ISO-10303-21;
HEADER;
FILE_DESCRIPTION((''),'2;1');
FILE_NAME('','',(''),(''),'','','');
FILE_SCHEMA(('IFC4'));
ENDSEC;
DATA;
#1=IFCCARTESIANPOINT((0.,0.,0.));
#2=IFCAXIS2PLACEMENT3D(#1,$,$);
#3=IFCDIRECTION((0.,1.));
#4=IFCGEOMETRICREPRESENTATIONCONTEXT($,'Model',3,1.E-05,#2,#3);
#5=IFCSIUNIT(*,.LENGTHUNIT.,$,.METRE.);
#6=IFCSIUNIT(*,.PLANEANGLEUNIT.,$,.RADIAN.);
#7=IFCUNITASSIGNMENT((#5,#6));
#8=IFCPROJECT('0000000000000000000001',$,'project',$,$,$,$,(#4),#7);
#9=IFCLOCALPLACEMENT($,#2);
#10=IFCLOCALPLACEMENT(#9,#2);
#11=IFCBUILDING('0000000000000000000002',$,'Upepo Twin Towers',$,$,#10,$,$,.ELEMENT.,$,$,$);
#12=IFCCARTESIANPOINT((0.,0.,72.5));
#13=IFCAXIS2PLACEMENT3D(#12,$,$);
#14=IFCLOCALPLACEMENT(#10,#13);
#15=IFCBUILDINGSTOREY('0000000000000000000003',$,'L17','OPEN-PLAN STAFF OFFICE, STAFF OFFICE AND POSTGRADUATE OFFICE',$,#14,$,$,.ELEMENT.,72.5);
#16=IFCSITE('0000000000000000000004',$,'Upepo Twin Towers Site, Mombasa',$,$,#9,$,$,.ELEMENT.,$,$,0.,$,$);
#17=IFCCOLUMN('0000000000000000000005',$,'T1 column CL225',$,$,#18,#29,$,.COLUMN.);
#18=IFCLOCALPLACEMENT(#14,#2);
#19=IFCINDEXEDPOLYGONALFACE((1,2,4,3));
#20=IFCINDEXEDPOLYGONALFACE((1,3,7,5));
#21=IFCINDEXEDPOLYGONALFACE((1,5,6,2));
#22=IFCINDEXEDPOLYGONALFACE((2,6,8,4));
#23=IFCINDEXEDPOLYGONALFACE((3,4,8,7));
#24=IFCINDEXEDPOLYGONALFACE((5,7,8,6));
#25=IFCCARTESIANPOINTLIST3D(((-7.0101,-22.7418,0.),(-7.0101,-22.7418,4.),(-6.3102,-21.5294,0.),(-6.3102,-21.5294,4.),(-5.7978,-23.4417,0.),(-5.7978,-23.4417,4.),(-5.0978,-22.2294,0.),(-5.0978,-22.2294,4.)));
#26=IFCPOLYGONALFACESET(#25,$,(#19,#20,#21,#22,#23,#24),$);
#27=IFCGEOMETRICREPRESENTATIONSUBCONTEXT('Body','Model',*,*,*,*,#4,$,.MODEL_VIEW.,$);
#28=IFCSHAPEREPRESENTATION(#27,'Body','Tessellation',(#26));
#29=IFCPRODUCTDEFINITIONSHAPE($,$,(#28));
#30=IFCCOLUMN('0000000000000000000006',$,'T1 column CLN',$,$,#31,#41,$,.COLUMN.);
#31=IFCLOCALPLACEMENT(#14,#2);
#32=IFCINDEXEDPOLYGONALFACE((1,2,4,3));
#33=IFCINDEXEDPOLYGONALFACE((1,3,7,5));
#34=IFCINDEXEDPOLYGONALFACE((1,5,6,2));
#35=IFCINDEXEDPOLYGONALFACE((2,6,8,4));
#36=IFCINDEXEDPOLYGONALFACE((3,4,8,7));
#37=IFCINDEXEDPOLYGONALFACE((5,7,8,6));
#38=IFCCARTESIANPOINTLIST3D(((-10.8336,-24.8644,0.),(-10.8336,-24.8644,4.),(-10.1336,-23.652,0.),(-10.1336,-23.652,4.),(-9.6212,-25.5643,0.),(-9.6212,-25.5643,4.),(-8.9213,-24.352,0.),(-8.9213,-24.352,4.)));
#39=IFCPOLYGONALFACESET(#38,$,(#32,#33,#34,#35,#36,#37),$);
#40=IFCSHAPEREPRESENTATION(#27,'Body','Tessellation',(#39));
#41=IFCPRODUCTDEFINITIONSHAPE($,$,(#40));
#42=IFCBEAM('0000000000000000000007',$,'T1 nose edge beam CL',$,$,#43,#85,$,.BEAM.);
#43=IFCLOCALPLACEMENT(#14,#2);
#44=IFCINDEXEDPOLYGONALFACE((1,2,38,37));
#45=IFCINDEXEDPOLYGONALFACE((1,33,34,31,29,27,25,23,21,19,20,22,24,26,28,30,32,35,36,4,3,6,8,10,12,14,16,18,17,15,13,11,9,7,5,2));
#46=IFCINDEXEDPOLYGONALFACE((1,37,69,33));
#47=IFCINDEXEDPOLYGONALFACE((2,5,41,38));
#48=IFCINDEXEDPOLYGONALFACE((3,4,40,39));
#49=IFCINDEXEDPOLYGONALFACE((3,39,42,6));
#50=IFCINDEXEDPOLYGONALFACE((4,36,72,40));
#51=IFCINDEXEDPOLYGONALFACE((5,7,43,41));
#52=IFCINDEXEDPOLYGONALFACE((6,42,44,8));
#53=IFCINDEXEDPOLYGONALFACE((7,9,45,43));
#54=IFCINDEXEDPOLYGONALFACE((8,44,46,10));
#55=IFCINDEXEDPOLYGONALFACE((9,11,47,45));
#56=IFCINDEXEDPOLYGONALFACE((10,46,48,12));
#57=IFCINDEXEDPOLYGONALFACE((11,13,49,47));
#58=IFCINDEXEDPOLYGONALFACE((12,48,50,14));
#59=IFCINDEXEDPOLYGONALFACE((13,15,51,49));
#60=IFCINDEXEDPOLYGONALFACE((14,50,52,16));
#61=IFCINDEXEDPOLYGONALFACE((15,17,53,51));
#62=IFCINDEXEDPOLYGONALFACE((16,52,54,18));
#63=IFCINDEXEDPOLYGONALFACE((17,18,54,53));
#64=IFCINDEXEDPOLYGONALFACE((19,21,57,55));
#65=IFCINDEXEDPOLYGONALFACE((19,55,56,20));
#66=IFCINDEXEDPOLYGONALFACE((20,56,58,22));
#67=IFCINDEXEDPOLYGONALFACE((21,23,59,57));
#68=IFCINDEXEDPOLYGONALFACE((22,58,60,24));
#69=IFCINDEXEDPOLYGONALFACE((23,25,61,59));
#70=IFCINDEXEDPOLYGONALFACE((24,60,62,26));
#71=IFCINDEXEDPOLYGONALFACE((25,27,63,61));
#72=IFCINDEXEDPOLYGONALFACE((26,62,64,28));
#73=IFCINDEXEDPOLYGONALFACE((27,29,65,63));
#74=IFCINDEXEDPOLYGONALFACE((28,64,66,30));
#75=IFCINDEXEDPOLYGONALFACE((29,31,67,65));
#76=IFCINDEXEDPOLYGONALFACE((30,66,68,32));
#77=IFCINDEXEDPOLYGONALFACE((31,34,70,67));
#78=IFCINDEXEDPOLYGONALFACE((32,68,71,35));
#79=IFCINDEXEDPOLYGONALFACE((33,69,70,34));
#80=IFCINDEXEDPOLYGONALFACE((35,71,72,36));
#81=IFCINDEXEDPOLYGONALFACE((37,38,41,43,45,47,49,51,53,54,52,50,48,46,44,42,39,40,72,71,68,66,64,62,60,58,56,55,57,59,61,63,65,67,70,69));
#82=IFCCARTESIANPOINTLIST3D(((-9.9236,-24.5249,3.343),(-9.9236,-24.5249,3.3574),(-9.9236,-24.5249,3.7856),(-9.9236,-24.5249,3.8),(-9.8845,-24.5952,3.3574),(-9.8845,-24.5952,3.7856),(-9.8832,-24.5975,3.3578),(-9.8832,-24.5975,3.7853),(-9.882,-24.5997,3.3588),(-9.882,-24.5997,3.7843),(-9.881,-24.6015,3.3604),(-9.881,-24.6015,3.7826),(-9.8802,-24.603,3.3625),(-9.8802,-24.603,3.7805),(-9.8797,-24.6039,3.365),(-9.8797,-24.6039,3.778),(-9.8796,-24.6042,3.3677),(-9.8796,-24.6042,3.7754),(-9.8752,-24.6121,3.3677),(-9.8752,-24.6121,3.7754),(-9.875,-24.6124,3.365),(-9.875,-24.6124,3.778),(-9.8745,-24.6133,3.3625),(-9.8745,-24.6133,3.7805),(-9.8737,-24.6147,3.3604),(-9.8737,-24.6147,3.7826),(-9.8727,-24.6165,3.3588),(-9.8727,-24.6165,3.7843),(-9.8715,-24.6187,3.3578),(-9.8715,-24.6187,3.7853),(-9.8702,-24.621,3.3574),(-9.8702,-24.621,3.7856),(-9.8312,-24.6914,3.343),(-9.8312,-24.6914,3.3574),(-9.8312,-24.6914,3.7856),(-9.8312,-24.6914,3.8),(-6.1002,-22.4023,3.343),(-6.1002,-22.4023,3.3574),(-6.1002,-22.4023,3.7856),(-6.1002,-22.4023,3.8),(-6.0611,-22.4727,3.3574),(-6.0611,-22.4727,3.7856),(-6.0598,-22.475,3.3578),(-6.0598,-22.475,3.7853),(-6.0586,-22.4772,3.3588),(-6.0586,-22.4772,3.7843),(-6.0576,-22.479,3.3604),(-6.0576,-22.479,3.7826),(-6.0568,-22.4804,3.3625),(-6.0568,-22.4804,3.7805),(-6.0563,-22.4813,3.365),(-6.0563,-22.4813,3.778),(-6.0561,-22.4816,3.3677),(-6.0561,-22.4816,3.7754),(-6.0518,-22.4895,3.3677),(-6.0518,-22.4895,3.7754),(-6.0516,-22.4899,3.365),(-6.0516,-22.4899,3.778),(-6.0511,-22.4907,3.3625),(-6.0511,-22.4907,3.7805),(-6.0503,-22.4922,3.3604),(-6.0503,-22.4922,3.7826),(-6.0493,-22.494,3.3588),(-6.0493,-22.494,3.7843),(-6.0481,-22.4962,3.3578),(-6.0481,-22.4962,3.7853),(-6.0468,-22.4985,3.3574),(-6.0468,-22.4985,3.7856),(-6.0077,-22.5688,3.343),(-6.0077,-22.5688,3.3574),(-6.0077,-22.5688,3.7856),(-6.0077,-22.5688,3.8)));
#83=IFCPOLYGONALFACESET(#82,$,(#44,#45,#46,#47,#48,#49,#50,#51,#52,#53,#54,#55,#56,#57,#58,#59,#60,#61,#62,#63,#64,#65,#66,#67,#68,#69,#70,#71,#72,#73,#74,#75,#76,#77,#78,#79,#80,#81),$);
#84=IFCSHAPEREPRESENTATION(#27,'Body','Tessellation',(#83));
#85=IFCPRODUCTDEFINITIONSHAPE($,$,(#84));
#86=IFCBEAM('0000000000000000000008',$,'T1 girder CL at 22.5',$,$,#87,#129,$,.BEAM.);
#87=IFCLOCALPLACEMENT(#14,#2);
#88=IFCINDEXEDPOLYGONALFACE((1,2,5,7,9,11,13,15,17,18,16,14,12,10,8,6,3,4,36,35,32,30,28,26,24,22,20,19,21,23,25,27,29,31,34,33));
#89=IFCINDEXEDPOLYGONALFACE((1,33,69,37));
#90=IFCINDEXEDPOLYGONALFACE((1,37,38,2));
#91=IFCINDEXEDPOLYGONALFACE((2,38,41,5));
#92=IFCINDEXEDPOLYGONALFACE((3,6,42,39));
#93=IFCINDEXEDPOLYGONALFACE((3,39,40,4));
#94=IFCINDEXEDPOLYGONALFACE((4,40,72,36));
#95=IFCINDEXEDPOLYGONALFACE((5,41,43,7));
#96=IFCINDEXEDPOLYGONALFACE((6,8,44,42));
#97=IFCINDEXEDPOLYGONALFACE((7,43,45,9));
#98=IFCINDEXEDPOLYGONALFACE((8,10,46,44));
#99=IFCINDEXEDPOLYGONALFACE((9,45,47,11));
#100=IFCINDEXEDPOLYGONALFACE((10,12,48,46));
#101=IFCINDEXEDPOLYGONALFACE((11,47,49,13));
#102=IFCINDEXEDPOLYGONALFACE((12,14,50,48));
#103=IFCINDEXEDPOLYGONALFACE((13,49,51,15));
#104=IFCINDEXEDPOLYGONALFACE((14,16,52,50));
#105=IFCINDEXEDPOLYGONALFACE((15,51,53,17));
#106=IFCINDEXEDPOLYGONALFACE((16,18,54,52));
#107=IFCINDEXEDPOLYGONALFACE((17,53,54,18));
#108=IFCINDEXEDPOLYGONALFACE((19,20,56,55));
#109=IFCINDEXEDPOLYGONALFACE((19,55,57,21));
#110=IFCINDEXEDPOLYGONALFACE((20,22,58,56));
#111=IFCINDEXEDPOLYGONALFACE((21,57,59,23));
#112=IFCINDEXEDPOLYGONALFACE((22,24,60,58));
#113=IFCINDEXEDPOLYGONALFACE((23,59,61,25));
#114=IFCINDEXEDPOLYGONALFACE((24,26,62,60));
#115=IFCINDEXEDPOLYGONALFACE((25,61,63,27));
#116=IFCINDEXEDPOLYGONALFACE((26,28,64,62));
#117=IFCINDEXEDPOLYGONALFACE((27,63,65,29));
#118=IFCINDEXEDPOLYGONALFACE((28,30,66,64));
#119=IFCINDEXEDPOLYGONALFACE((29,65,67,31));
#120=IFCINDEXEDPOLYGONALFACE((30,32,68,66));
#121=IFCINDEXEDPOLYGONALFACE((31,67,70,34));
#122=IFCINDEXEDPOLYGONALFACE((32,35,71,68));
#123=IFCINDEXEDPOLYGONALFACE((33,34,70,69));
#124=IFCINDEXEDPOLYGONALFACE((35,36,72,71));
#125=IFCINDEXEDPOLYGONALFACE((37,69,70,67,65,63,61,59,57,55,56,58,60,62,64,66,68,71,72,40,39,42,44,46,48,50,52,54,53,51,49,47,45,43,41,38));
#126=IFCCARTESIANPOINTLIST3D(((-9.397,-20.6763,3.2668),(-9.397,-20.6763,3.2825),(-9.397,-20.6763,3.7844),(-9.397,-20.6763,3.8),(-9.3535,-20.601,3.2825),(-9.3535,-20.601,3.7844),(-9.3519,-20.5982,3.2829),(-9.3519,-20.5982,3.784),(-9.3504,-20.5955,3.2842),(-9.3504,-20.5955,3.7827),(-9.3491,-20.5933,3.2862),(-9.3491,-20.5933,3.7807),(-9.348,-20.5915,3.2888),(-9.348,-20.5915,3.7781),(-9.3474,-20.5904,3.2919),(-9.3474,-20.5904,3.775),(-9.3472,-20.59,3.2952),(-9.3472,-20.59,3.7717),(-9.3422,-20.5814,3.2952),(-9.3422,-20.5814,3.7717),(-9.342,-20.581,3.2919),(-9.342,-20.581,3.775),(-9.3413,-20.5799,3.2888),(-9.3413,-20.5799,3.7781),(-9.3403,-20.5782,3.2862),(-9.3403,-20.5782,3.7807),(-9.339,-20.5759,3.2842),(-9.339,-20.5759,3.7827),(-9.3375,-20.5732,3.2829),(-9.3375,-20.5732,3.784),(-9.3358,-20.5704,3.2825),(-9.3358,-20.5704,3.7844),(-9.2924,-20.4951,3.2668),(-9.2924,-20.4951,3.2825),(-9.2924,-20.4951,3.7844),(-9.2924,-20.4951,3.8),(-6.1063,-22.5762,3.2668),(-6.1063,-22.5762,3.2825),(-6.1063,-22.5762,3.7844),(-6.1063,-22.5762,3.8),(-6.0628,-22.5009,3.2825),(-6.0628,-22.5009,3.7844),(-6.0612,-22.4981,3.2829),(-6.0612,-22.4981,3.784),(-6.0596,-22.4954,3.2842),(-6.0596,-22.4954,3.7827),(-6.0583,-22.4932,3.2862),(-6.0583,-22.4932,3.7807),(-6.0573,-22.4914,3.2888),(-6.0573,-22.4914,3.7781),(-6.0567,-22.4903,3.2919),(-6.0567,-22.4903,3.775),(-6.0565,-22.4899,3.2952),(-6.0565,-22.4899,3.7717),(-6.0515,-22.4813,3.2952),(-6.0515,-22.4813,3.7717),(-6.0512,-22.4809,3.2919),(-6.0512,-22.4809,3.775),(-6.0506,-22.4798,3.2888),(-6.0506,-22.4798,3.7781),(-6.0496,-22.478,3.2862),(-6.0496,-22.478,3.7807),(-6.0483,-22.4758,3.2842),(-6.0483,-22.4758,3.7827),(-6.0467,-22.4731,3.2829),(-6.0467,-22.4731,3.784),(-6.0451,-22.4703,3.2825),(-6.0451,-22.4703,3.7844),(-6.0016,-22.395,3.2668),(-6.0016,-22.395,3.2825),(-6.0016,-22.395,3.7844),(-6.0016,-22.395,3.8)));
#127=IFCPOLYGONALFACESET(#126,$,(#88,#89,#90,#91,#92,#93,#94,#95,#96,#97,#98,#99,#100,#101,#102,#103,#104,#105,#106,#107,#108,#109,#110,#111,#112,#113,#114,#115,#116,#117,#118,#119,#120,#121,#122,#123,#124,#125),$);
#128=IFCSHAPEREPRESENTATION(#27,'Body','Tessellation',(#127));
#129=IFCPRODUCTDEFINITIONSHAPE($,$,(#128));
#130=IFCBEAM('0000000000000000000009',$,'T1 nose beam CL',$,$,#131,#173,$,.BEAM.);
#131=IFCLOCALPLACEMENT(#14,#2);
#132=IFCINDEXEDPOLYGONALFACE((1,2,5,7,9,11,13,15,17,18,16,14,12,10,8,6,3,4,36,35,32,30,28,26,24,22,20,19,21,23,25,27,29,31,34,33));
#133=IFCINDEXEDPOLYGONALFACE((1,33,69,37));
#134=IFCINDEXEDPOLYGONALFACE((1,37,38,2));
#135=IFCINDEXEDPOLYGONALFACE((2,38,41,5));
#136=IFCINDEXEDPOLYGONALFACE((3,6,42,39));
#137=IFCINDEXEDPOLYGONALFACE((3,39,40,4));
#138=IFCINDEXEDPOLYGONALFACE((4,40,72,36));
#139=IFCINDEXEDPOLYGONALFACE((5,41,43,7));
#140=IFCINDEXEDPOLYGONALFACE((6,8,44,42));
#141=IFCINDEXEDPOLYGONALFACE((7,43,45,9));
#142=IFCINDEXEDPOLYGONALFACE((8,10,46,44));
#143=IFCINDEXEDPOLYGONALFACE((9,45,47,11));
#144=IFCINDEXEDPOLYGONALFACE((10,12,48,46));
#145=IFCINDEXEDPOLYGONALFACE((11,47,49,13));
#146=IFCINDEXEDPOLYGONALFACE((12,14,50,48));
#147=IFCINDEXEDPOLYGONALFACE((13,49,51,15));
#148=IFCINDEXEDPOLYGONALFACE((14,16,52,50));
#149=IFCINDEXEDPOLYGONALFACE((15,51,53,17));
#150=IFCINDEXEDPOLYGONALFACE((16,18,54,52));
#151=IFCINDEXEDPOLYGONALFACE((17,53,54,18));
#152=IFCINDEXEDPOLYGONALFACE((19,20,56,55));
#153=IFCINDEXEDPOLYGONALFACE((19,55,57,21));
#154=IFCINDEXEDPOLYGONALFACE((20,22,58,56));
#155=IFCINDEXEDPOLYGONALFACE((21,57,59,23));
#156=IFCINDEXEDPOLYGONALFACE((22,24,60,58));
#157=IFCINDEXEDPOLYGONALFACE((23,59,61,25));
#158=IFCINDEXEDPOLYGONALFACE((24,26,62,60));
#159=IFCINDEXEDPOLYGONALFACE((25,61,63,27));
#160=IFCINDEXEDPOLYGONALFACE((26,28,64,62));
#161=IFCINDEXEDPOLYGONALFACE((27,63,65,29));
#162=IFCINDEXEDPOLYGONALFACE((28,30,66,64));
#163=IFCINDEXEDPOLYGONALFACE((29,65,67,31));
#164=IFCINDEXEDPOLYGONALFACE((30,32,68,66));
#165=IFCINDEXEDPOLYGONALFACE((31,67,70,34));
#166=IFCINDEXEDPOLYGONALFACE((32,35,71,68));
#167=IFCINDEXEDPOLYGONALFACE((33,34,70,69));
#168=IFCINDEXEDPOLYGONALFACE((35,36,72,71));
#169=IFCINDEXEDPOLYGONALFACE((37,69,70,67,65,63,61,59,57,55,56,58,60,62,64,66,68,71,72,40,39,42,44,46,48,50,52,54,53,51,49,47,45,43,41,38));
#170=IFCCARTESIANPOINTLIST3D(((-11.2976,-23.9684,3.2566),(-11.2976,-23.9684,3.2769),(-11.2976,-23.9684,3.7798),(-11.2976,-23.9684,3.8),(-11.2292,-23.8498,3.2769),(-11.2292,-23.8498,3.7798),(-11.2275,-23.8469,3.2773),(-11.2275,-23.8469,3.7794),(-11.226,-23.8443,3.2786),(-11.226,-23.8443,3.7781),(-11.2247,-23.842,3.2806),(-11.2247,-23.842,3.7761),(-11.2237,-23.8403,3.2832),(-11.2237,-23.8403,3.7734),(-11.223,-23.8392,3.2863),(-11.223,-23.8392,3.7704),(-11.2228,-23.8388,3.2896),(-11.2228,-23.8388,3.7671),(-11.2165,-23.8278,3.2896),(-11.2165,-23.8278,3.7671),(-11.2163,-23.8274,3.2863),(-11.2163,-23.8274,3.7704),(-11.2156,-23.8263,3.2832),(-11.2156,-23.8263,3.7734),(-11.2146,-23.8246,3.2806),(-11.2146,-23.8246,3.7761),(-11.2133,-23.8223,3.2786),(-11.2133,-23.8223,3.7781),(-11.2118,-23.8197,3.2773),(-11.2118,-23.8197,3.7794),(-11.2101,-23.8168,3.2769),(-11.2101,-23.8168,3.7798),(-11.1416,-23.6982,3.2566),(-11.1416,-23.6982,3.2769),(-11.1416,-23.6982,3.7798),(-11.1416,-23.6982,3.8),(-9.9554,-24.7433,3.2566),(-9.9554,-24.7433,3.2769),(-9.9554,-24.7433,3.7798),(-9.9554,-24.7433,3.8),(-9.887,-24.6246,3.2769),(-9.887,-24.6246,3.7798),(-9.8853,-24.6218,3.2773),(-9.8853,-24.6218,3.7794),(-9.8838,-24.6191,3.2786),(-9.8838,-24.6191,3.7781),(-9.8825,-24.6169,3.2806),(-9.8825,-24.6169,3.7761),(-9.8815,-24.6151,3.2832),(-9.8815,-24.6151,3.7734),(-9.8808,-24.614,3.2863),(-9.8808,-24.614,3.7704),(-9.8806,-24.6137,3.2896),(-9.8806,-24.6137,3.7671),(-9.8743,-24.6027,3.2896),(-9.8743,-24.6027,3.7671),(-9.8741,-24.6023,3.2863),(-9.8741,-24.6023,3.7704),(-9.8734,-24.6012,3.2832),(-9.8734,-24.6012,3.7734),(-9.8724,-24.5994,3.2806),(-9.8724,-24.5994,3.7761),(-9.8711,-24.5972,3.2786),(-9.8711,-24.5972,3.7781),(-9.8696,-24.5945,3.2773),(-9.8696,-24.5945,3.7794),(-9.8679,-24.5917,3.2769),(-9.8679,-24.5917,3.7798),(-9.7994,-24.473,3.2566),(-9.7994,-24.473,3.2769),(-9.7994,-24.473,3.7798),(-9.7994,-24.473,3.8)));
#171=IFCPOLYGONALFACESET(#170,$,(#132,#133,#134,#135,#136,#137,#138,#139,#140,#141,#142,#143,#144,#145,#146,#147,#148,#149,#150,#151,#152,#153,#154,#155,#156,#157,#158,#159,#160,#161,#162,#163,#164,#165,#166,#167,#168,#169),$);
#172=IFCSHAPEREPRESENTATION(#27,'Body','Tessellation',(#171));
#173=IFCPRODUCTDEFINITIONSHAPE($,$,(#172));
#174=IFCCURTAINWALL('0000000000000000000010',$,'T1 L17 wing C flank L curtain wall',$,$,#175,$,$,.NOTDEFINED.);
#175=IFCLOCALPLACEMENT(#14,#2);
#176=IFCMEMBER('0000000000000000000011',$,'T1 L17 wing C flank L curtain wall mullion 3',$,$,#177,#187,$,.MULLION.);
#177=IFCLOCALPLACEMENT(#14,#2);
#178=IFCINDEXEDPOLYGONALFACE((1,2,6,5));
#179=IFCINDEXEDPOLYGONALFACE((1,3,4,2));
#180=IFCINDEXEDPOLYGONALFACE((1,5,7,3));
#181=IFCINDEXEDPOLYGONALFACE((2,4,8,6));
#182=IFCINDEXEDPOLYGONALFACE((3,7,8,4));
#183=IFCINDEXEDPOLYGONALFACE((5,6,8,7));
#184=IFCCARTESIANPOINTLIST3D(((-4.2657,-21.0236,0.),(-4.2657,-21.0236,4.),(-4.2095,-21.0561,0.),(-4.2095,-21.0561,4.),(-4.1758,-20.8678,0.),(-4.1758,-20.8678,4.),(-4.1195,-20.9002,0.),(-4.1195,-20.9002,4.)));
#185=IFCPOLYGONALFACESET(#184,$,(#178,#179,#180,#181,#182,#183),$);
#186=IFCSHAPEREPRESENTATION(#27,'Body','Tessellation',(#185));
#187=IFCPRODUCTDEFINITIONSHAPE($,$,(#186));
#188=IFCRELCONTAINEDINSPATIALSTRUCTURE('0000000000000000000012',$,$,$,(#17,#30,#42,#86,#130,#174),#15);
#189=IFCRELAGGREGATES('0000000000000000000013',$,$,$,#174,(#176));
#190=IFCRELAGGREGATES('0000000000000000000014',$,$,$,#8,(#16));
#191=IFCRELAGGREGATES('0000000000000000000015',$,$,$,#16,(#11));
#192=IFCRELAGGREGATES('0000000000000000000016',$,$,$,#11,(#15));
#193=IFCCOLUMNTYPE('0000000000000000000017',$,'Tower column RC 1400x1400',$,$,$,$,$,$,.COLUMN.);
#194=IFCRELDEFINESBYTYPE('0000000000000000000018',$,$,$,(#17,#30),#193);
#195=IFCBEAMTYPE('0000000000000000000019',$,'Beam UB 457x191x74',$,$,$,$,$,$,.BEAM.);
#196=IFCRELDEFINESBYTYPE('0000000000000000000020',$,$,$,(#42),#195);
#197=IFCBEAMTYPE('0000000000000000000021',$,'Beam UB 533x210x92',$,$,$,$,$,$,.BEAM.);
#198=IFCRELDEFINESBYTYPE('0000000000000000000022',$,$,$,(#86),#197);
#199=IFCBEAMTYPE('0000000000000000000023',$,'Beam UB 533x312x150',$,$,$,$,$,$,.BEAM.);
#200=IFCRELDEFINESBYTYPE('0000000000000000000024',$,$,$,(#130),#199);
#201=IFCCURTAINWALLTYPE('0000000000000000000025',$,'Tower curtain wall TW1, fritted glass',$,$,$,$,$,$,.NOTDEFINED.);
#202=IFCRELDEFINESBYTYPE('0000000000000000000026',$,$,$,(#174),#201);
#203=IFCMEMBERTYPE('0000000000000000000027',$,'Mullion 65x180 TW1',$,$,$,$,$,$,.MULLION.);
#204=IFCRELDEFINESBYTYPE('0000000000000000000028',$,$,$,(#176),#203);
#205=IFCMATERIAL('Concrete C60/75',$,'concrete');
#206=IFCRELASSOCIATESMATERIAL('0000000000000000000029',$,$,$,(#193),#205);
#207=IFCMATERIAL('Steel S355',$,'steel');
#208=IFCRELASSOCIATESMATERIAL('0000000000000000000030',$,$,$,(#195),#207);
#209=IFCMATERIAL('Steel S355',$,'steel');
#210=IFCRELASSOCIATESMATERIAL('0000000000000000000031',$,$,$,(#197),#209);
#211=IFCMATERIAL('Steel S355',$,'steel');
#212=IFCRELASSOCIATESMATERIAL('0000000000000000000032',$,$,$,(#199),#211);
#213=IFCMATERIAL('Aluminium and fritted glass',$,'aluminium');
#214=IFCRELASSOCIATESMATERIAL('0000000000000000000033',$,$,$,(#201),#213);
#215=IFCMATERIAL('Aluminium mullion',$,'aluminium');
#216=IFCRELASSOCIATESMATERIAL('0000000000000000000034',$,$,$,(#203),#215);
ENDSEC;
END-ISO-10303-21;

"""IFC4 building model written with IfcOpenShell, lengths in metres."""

from ifc_helpers import new_model, si_unit, direction, frame, origin, origin_2d, place, context, subcontext, project, spatial, rectangle, i_section, extrude, material, material_profile, profile_set, type_object, element, aggregate, save


model = new_model("IFC4")

# Units and contexts
model_context = context("Model", 3, precision=1e-05, world=origin(), true_north=direction((0.0, 1.0)))
body_context = subcontext(model_context, "Body", "Model", "MODEL_VIEW")
ifc_project = project(units=[si_unit("LENGTHUNIT", "METRE"), si_unit("PLANEANGLEUNIT", "RADIAN")], contexts=[model_context])

# Site, building, storey
site_placement = place(None, origin())
site = spatial("IfcSite", under=ifc_project, at=site_placement, Name="Upepo Twin Towers Site, Mombasa", CompositionType="ELEMENT", RefElevation=0.0)
building_placement = place(site_placement, origin())
building = spatial("IfcBuilding", under=site, at=building_placement, Name="Upepo Twin Towers", CompositionType="ELEMENT")
storey_placement = place(building_placement, frame((0.0, 0.0, 72.5)))
storey = spatial("IfcBuildingStorey", under=building, at=storey_placement, Name="L17", Description="OPEN-PLAN STAFF OFFICE, STAFF OFFICE AND POSTGRADUATE OFFICE", CompositionType="ELEMENT", Elevation=72.5)

# Columns
ifc_material_1 = material(Name="Concrete C60/75", Category="concrete")
ifc_material_profile_1 = material_profile(ifc_material_1, rectangle(XDim=1.3999, YDim=1.3999, at=origin_2d()), Name="RC 1400x1400")
ifc_profile_set_1 = profile_set([ifc_material_profile_1], Name="Concrete C60/75")
column_type = type_object("IfcColumnType", Name="Tower column RC 1400x1400", PredefinedType="COLUMN", material=ifc_profile_set_1)
for number, where, z_axis, x_axis, name in (
    (1, (-6.054, -22.4856, 0.0), (0.0, 0.0, 1.0), (0.5, 0.866025, 0.0), "T1 column CL225"),
    (2, (-9.8774, -24.6082, 0.0), (0.0, 0.0, 1.0), (0.5, 0.866025, 0.0), "T1 column CLN"),
):
    element("IfcColumn", number, at=place(storey_placement, frame(where, z_axis=z_axis, x_axis=x_axis)), inside=storey, type_object=column_type, Name=name, PredefinedType="COLUMN", context=body_context, shape_type="SweptSolid", body=[
        extrude(rectangle(XDim=1.3999, YDim=1.3999, at=origin_2d()), origin(), (0.0, 0.0, 1.0), 4.0),
    ])

# Beams
ifc_material_2 = material(Name="Steel S355", Category="steel")
ifc_material_profile_2 = material_profile(ifc_material_2, i_section(OverallWidth=0.1904, OverallDepth=0.457, WebThickness=0.009, FlangeThickness=0.0144, FilletRadius=0.0103, at=origin_2d()), Name="UB 457x191x74")
ifc_profile_set_2 = profile_set([ifc_material_profile_2], Name="Steel S355")
beam_type_1 = type_object("IfcBeamType", Name="Beam UB 457x191x74", PredefinedType="BEAM", material=ifc_profile_set_2)
beam_1_placement = place(storey_placement, frame((-6.054, -22.4856, 3.5715), z_axis=(-0.874313, -0.485363, 0.0), x_axis=(0.485363, -0.874313, 0.0)))
element("IfcBeam", 3, at=beam_1_placement, inside=storey, type_object=beam_type_1, Name="T1 nose edge beam CL", PredefinedType="BEAM", context=body_context, shape_type="SweptSolid", body=[
    extrude(i_section(OverallWidth=0.1904, OverallDepth=0.457, WebThickness=0.009, FlangeThickness=0.0144, FilletRadius=0.0103, at=origin_2d()), origin(), (0.0, 0.0, 1.0), 4.373),
])
ifc_material_3 = material(Name="Steel S355", Category="steel")
ifc_material_profile_3 = material_profile(ifc_material_3, i_section(OverallWidth=0.2092, OverallDepth=0.5332, WebThickness=0.01, FlangeThickness=0.0156, FilletRadius=0.0127, at=origin_2d()), Name="UB 533x210x92")
ifc_profile_set_3 = profile_set([ifc_material_profile_3], Name="Steel S355")
beam_type_2 = type_object("IfcBeamType", Name="Beam UB 533x210x92", PredefinedType="BEAM", material=ifc_profile_set_3)
beam_2_placement = place(storey_placement, frame((-6.054, -22.4856, 3.5334), z_axis=(-0.866028, 0.499995, 0.0), x_axis=(-0.499995, -0.866028, 0.0)))
element("IfcBeam", 4, at=beam_2_placement, inside=storey, type_object=beam_type_2, Name="T1 girder CL at 22.5", PredefinedType="BEAM", context=body_context, shape_type="SweptSolid", body=[
    extrude(i_section(OverallWidth=0.2092, OverallDepth=0.5332, WebThickness=0.01, FlangeThickness=0.0156, FilletRadius=0.0127, at=origin_2d()), origin(), (0.0, 0.0, 1.0), 3.7998),
])
ifc_material_4 = material(Name="Steel S355", Category="steel")
ifc_material_profile_4 = material_profile(ifc_material_4, i_section(OverallWidth=0.312, OverallDepth=0.5435, WebThickness=0.0127, FlangeThickness=0.0203, FilletRadius=0.0127, at=origin_2d()), Name="UB 533x312x150")
ifc_profile_set_4 = profile_set([ifc_material_profile_4], Name="Steel S355")
beam_type_3 = type_object("IfcBeamType", Name="Beam UB 533x312x150", PredefinedType="BEAM", material=ifc_profile_set_4)
beam_3_placement = place(storey_placement, frame((-9.8774, -24.6082, 3.5283), z_axis=(-0.866044, 0.499968, 0.0), x_axis=(-0.499968, -0.866044, 0.0)))
element("IfcBeam", 5, at=beam_3_placement, inside=storey, type_object=beam_type_3, Name="T1 nose beam CL", PredefinedType="BEAM", context=body_context, shape_type="SweptSolid", body=[
    extrude(i_section(OverallWidth=0.312, OverallDepth=0.5435, WebThickness=0.0127, FlangeThickness=0.0203, FilletRadius=0.0127, at=origin_2d()), origin(), (0.0, 0.0, 1.0), 1.5498),
])

# Curtain wall, member
ifc_material_5 = material(Name="Aluminium and fritted glass", Category="aluminium")
curtain_wall_type = type_object("IfcCurtainWallType", Name="Tower curtain wall TW1, fritted glass", PredefinedType="NOTDEFINED", material=ifc_material_5)
curtain_wall_1_placement = place(storey_placement, origin())
curtain_wall_1 = element("IfcCurtainWall", 6, at=curtain_wall_1_placement, inside=storey, type_object=curtain_wall_type, Name="T1 L17 wing C flank L curtain wall", PredefinedType="NOTDEFINED")
ifc_material_6 = material(Name="Aluminium mullion", Category="aluminium")
ifc_material_profile_5 = material_profile(ifc_material_6, rectangle(XDim=0.0649, YDim=0.1799, at=origin_2d()), Name="MULLION 65x180")
ifc_profile_set_5 = profile_set([ifc_material_profile_5], Name="Aluminium mullion")
member_type_1 = type_object("IfcMemberType", Name="Mullion 65x180 TW1", PredefinedType="MULLION", material=ifc_profile_set_5)
member_1_placement = place(storey_placement, frame((-4.1926, -20.9619, 0.0), z_axis=(0.0, 0.0, 1.0), x_axis=(0.866025, -0.5, 0.0)))
member_1 = element("IfcMember", 7, at=member_1_placement, type_object=member_type_1, Name="T1 L17 wing C flank L curtain wall mullion 3", PredefinedType="MULLION", context=body_context, shape_type="SweptSolid", body=[
    extrude(rectangle(XDim=0.0649, YDim=0.1799, at=origin_2d()), origin(), (0.0, 0.0, 1.0), 4.0),
])

aggregate(curtain_wall_1, [member_1])

save(model, "model.ifc")
